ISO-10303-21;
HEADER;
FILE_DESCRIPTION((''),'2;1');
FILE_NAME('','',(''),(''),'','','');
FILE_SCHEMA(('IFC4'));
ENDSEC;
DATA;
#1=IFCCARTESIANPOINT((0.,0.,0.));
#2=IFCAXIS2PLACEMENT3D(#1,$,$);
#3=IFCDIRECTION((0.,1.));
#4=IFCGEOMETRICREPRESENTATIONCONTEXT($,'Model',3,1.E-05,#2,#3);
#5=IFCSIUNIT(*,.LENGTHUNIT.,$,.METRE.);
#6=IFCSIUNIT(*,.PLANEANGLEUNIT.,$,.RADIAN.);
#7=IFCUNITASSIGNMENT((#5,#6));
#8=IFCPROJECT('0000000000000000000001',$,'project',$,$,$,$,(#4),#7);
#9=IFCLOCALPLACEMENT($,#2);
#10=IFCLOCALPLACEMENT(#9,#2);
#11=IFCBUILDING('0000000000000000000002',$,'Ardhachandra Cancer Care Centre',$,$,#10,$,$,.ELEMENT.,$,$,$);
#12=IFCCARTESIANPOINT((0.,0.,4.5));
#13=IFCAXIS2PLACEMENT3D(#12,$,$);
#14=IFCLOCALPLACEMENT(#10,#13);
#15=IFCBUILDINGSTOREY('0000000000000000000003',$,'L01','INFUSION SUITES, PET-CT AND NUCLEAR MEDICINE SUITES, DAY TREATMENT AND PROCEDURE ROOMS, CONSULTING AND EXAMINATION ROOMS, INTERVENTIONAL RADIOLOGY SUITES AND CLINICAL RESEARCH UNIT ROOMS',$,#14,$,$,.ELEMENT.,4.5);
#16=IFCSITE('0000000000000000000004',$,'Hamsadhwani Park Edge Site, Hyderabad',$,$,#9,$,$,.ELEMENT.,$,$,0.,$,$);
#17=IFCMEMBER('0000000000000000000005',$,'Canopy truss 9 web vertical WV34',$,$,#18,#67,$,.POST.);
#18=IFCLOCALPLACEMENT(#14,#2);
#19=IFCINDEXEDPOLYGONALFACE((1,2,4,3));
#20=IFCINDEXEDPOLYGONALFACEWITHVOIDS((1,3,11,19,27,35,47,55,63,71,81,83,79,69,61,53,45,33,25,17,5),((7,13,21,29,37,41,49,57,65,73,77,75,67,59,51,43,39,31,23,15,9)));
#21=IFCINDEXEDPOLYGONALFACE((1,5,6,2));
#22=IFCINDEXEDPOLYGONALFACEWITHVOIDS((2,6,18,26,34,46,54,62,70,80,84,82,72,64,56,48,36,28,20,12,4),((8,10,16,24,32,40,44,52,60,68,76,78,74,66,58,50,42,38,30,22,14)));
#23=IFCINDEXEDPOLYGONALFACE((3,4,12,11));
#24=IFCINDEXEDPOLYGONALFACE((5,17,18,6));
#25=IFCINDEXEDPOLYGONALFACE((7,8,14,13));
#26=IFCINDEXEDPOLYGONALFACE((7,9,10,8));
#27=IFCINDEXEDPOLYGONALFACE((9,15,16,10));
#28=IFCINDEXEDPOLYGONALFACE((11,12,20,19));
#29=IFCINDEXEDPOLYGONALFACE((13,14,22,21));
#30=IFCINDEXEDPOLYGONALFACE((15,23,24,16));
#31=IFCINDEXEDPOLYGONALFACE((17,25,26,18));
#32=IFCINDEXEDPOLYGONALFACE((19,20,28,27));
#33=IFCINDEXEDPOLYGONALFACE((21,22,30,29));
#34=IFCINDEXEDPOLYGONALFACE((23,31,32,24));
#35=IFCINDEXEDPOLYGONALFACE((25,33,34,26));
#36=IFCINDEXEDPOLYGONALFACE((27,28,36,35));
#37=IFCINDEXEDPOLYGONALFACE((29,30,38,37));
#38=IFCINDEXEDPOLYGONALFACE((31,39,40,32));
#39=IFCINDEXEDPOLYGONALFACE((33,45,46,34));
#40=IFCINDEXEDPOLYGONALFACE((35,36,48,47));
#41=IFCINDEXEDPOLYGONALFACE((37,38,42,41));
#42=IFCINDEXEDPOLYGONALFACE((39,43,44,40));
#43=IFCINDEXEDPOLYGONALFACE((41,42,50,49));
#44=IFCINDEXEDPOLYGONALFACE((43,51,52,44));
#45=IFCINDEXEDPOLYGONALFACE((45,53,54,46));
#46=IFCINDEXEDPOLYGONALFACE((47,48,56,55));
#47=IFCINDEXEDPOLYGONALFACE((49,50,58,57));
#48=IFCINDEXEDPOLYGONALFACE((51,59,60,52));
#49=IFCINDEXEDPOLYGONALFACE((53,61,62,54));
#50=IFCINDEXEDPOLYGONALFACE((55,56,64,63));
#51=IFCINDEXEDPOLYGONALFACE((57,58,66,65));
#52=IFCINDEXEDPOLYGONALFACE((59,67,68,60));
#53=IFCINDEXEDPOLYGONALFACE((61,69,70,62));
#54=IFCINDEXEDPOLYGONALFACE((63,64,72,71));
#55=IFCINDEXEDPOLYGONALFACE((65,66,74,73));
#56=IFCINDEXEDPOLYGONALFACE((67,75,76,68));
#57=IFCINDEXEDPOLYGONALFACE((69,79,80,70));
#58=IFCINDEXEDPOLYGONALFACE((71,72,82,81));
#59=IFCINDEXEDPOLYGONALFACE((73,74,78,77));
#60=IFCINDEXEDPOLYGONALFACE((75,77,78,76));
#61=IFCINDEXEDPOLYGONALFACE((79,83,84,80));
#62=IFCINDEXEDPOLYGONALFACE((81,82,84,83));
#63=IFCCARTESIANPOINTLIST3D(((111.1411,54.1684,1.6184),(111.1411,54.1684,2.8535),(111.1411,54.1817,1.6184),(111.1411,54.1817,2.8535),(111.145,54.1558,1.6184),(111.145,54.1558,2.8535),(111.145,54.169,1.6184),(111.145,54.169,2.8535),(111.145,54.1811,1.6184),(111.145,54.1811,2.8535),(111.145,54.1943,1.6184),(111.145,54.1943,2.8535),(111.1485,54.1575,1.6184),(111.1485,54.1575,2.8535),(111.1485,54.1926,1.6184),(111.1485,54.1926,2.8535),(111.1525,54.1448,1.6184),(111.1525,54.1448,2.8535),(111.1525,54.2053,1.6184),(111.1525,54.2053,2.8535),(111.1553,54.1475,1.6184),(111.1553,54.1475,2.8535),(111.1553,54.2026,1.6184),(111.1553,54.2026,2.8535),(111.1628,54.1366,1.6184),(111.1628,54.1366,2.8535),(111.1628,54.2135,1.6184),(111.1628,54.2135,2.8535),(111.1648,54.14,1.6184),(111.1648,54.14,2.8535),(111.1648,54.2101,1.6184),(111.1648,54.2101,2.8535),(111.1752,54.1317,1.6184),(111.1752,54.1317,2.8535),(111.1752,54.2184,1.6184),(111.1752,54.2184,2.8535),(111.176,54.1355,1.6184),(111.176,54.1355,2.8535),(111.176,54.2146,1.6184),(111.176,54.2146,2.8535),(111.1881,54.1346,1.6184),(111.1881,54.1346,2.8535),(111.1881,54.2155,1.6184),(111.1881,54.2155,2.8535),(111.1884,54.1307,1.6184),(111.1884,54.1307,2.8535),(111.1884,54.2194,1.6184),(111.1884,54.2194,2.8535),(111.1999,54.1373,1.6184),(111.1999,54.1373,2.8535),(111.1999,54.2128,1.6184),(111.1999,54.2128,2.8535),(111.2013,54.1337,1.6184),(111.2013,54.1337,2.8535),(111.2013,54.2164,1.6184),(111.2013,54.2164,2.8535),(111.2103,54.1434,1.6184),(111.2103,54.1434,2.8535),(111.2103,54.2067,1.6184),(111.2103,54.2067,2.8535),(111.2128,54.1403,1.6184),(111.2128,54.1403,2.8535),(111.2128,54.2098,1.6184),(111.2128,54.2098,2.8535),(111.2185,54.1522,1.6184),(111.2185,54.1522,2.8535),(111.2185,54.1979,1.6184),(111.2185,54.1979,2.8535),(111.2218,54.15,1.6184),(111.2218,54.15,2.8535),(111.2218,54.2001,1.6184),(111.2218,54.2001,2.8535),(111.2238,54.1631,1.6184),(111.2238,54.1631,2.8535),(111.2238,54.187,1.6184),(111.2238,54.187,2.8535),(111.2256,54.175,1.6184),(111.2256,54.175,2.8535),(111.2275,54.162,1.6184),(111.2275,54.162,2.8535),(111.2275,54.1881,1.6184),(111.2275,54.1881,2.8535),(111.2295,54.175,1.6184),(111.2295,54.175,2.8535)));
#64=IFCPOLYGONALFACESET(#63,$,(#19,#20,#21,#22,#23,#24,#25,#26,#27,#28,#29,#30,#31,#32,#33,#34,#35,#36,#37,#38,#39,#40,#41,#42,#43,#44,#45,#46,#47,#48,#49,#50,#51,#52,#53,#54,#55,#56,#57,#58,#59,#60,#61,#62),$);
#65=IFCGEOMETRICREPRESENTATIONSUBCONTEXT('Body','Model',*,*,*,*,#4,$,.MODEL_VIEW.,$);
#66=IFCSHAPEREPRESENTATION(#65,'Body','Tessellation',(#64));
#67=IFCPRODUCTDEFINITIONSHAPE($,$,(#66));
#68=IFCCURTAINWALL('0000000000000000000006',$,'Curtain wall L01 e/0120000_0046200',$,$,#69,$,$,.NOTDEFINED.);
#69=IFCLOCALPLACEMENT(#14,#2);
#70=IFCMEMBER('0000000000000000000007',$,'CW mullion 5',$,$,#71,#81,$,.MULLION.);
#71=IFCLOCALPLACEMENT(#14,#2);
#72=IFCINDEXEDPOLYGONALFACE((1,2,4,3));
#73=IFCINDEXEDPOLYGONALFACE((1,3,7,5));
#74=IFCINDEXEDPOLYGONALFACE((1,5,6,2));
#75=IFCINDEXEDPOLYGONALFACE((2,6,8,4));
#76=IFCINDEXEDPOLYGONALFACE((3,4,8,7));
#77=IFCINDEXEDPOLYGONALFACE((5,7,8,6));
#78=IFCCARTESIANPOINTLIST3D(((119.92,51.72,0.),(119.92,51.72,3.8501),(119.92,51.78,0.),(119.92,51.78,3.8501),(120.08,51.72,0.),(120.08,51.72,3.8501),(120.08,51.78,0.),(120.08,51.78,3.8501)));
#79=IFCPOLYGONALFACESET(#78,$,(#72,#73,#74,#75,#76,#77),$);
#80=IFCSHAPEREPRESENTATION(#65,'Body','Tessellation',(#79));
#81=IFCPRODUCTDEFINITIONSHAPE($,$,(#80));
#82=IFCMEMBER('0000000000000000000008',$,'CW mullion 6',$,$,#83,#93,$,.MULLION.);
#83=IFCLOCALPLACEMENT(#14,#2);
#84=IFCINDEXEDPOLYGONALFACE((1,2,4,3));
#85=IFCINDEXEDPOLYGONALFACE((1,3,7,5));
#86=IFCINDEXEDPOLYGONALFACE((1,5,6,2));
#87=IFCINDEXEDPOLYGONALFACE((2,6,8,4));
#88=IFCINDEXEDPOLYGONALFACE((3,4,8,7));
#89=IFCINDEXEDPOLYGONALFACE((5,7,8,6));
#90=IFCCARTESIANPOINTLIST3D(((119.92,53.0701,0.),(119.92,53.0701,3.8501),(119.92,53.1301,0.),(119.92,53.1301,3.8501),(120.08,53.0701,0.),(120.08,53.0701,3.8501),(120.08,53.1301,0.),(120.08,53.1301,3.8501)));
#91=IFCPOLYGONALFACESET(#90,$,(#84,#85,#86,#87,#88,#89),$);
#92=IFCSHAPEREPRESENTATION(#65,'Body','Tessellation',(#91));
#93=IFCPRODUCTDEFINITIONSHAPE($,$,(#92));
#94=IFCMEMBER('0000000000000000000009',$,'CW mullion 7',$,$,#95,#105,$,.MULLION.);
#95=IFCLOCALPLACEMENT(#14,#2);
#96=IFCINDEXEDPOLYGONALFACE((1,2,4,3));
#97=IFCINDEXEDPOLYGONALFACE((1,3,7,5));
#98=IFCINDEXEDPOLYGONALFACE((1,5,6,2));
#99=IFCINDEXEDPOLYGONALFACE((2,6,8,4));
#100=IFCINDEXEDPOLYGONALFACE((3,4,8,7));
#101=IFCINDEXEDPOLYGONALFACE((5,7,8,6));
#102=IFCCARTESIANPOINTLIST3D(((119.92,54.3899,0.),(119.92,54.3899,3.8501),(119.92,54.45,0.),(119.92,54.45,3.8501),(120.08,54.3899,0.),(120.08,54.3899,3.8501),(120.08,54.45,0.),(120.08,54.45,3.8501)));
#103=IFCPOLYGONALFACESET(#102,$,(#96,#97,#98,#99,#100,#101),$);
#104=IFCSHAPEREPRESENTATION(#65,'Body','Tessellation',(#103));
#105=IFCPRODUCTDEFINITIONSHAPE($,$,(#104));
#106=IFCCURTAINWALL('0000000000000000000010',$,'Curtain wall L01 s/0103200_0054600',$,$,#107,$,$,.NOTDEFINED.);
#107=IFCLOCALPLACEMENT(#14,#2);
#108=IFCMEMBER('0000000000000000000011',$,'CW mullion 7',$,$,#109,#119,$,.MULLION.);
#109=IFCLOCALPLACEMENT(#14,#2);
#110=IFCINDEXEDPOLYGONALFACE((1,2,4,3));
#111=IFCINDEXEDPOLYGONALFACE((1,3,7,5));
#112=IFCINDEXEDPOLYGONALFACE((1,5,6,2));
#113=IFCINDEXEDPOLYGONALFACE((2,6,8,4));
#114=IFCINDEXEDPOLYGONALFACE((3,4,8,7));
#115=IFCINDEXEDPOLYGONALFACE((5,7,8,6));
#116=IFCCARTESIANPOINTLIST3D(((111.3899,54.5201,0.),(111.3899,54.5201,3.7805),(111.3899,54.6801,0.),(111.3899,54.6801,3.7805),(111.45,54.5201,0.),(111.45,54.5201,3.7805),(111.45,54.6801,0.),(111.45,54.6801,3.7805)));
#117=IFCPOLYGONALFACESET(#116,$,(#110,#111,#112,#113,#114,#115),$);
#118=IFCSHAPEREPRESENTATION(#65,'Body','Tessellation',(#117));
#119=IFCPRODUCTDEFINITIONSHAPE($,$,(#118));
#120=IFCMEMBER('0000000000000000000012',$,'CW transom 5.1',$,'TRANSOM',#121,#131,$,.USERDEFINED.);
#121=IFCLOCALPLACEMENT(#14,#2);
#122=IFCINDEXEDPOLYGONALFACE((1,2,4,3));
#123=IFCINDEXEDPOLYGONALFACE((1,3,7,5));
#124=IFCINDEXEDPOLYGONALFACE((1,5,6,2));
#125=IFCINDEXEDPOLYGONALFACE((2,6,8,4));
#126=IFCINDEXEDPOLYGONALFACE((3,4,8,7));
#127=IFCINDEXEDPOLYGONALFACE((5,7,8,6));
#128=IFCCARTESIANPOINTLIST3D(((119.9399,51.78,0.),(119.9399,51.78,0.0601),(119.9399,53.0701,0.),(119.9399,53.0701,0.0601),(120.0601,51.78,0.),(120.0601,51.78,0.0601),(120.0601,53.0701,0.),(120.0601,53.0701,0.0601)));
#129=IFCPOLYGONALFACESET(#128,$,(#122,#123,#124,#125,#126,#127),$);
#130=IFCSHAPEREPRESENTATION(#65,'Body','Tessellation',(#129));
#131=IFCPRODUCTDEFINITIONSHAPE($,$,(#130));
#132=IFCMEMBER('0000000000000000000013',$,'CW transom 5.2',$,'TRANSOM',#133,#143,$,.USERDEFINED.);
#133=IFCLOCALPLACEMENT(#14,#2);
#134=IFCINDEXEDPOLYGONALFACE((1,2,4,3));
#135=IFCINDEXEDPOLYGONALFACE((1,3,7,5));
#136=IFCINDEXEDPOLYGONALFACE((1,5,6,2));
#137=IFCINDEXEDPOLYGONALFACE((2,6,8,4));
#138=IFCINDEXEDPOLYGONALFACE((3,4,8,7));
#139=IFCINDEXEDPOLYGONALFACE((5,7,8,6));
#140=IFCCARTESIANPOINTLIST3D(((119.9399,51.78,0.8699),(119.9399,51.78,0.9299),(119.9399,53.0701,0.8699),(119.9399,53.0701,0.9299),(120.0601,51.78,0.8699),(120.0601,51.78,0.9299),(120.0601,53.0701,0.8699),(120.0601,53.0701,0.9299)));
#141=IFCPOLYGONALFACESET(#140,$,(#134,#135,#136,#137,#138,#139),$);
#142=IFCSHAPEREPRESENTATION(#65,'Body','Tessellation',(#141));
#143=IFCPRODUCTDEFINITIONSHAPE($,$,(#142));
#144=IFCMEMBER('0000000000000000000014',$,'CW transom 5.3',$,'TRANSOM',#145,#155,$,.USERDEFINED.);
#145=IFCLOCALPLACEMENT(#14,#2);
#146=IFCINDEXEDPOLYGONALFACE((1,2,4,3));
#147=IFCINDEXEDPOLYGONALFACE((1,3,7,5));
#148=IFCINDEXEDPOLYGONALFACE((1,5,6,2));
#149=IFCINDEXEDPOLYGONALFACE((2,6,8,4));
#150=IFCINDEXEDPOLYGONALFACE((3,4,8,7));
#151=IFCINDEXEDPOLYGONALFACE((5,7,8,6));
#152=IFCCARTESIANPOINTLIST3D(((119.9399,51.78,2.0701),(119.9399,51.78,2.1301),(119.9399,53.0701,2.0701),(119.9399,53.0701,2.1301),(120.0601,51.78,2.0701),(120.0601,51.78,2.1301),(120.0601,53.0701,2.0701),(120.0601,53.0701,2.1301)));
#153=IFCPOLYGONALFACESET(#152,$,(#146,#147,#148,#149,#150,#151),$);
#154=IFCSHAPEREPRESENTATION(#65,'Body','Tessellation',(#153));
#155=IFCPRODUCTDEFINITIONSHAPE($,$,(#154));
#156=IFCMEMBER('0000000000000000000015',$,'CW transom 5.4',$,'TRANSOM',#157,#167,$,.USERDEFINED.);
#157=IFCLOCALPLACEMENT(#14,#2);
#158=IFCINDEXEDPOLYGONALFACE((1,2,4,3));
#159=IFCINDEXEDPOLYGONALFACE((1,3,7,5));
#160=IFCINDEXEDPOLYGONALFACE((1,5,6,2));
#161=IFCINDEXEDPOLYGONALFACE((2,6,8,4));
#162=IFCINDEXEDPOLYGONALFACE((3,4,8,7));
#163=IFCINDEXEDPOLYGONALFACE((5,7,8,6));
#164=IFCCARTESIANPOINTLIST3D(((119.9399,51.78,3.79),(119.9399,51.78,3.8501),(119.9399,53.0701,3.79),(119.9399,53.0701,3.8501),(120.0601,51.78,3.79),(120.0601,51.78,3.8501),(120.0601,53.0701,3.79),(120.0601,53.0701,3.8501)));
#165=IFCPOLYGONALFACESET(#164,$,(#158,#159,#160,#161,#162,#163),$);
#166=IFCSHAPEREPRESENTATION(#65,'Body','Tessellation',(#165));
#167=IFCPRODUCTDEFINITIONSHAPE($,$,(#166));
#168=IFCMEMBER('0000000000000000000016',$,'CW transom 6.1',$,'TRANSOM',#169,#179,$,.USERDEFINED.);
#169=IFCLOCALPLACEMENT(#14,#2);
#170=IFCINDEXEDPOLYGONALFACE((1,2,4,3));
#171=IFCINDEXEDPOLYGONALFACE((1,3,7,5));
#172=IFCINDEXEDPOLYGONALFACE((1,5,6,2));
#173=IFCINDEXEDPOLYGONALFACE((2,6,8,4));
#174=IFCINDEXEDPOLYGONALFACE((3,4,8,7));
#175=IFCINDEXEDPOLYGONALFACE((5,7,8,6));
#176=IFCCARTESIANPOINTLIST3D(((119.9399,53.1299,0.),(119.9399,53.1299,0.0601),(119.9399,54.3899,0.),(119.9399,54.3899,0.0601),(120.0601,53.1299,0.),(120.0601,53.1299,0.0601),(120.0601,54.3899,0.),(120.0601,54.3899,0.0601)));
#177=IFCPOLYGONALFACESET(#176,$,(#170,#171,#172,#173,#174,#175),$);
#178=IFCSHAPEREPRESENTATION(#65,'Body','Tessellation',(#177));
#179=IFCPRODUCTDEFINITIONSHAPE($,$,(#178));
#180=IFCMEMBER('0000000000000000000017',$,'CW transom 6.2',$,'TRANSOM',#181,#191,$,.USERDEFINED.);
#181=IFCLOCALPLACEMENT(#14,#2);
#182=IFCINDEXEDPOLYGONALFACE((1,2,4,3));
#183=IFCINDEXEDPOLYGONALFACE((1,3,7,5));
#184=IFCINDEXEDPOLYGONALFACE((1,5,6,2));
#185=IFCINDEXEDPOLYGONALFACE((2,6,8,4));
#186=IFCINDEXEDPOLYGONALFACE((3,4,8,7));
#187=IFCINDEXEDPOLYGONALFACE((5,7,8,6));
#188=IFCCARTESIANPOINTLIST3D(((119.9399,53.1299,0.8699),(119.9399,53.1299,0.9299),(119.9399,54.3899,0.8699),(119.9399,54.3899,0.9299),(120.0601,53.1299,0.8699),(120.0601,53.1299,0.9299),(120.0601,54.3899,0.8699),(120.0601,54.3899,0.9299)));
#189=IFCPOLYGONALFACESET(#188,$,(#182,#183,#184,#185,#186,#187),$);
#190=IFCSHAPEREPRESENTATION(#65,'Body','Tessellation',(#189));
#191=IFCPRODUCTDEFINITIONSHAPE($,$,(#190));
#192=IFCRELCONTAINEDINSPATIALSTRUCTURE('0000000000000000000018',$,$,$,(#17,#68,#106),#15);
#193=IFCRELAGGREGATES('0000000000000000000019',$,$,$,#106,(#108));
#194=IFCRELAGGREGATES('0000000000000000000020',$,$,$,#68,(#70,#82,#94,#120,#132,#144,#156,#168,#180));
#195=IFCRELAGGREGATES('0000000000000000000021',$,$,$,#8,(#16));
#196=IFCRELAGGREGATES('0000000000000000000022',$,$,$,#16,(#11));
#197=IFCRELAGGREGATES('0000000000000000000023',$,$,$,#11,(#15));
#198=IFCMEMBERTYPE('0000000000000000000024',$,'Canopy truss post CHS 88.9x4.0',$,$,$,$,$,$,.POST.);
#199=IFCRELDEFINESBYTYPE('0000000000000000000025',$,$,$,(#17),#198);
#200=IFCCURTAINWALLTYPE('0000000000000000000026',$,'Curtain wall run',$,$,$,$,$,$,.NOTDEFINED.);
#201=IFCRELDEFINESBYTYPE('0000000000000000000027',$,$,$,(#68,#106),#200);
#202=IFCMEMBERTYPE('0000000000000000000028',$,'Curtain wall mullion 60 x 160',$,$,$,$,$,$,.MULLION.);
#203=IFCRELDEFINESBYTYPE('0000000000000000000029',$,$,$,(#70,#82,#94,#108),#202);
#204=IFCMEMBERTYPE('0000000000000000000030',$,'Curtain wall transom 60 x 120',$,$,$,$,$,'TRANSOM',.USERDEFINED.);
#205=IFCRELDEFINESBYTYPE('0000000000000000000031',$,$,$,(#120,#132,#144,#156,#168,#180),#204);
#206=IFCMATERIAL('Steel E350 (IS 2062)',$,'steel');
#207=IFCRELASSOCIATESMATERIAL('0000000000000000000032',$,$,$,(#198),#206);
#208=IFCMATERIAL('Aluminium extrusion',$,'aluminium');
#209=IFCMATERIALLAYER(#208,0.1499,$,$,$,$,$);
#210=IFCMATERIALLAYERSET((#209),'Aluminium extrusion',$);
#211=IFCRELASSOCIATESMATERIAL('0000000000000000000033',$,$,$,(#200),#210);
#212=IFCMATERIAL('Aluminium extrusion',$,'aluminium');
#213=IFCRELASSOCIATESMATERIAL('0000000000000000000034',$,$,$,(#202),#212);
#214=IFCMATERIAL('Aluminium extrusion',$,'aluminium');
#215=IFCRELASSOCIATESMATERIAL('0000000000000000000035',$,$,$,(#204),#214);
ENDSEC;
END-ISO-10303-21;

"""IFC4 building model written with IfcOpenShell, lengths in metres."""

from ifc_helpers import new_model, si_unit, direction, frame, origin, origin_2d, place, context, subcontext, project, spatial, rectangle, hollow_circle, extrude, material, layer, layer_set, material_profile, profile_set, type_object, element, aggregate, save


model = new_model("IFC4")

# Units and contexts
model_context = context("Model", 3, precision=1e-05, world=origin(), true_north=direction((0.0, 1.0)))
body_context = subcontext(model_context, "Body", "Model", "MODEL_VIEW")
ifc_project = project(units=[si_unit("LENGTHUNIT", "METRE"), si_unit("PLANEANGLEUNIT", "RADIAN")], contexts=[model_context])

# Site, building, storey
site_placement = place(None, origin())
site = spatial("IfcSite", under=ifc_project, at=site_placement, Name="Hamsadhwani Park Edge Site, Hyderabad", CompositionType="ELEMENT", RefElevation=0.0)
building_placement = place(site_placement, origin())
building = spatial("IfcBuilding", under=site, at=building_placement, Name="Ardhachandra Cancer Care Centre", CompositionType="ELEMENT")
storey_placement = place(building_placement, frame((0.0, 0.0, 4.5)))
storey = spatial("IfcBuildingStorey", under=building, at=storey_placement, Name="L01", Description="INFUSION SUITES, PET-CT AND NUCLEAR MEDICINE SUITES, DAY TREATMENT AND PROCEDURE ROOMS, CONSULTING AND EXAMINATION ROOMS, INTERVENTIONAL RADIOLOGY SUITES AND CLINICAL RESEARCH UNIT ROOMS", CompositionType="ELEMENT", Elevation=4.5)

# Member
ifc_material_1 = material(Name="Steel E350 (IS 2062)", Category="steel")
ifc_material_profile_1 = material_profile(ifc_material_1, hollow_circle(Radius=0.0444, WallThickness=0.0039, at=origin_2d()), Name="CHS 88.9x4.0")
ifc_profile_set_1 = profile_set([ifc_material_profile_1], Name="Steel E350 (IS 2062)")
member_type_1 = type_object("IfcMemberType", Name="Canopy truss post CHS 88.9x4.0", PredefinedType="POST", material=ifc_profile_set_1)
member_1_placement = place(storey_placement, frame((111.1851, 54.175, 2.8535), z_axis=(0.0, 0.0, -1.0), x_axis=(1.0, 0.0, 0.0)))
element("IfcMember", 1, at=member_1_placement, inside=storey, type_object=member_type_1, Name="Canopy truss 9 web vertical WV34", PredefinedType="POST", context=body_context, shape_type="SweptSolid", body=[
    extrude(hollow_circle(Radius=0.0444, WallThickness=0.0039, at=origin_2d()), origin(), (0.0, 0.0, 1.0), 1.2351),
])

# Curtain wall, members
ifc_material_2 = material(Name="Aluminium extrusion", Category="aluminium")
ifc_layer_1 = layer(ifc_material_2, 0.1499)
ifc_layer_set_1 = layer_set([ifc_layer_1], Name="Aluminium extrusion")
curtain_wall_type = type_object("IfcCurtainWallType", Name="Curtain wall run", PredefinedType="NOTDEFINED", material=ifc_layer_set_1)
curtain_wall_1_placement = place(storey_placement, origin())
curtain_wall_1 = element("IfcCurtainWall", 2, at=curtain_wall_1_placement, inside=storey, type_object=curtain_wall_type, Name="Curtain wall L01 e/0120000_0046200", PredefinedType="NOTDEFINED")
ifc_material_3 = material(Name="Aluminium extrusion", Category="aluminium")
ifc_material_profile_2 = material_profile(ifc_material_3, rectangle(XDim=0.1599, YDim=0.0601, at=origin_2d()), Name="Curtain wall mullion 60 x 160")
ifc_profile_set_2 = profile_set([ifc_material_profile_2], Name="Aluminium extrusion")
member_type_2 = type_object("IfcMemberType", Name="Curtain wall mullion 60 x 160", PredefinedType="MULLION", material=ifc_profile_set_2)
member_2_placement = place(storey_placement, frame((120.0, 51.75, 0.0), z_axis=(0.0, 0.0, 1.0), x_axis=(-1.0, 0.0, 0.0)))
member_2 = element("IfcMember", 3, at=member_2_placement, type_object=member_type_2, Name="CW mullion 5", PredefinedType="MULLION", context=body_context, shape_type="SweptSolid", body=[
    extrude(rectangle(XDim=0.1599, YDim=0.0601, at=origin_2d()), origin(), (0.0, 0.0, 1.0), 3.8501),
])
member_3_placement = place(storey_placement, frame((120.0, 53.1001, 0.0), z_axis=(0.0, 0.0, 1.0), x_axis=(-1.0, 0.0, 0.0)))
member_3 = element("IfcMember", 4, at=member_3_placement, type_object=member_type_2, Name="CW mullion 6", PredefinedType="MULLION", context=body_context, shape_type="SweptSolid", body=[
    extrude(rectangle(XDim=0.1599, YDim=0.0601, at=origin_2d()), origin(), (0.0, 0.0, 1.0), 3.8501),
])
member_4_placement = place(storey_placement, frame((120.0, 54.4199, 0.0), z_axis=(0.0, 0.0, 1.0), x_axis=(-1.0, 0.0, 0.0)))
member_4 = element("IfcMember", 5, at=member_4_placement, type_object=member_type_2, Name="CW mullion 7", PredefinedType="MULLION", context=body_context, shape_type="SweptSolid", body=[
    extrude(rectangle(XDim=0.1599, YDim=0.0601, at=origin_2d()), origin(), (0.0, 0.0, 1.0), 3.8501),
])

# Curtain wall, member
curtain_wall_2_placement = place(storey_placement, origin())
curtain_wall_2 = element("IfcCurtainWall", 6, at=curtain_wall_2_placement, inside=storey, type_object=curtain_wall_type, Name="Curtain wall L01 s/0103200_0054600", PredefinedType="NOTDEFINED")
member_5_placement = place(storey_placement, frame((111.4199, 54.6001, 0.0), z_axis=(0.0, 0.0, 1.0), x_axis=(0.0, 1.0, 0.0)))
member_5 = element("IfcMember", 7, at=member_5_placement, type_object=member_type_2, Name="CW mullion 7", PredefinedType="MULLION", context=body_context, shape_type="SweptSolid", body=[
    extrude(rectangle(XDim=0.1599, YDim=0.0601, at=origin_2d()), origin(), (0.0, 0.0, 1.0), 3.7805),
])

# Members
ifc_material_4 = material(Name="Aluminium extrusion", Category="aluminium")
ifc_material_profile_3 = material_profile(ifc_material_4, rectangle(XDim=0.1201, YDim=0.0601, at=origin_2d()), Name="Curtain wall transom 60 x 120")
ifc_profile_set_3 = profile_set([ifc_material_profile_3], Name="Aluminium extrusion")
member_type_3 = type_object("IfcMemberType", Name="Curtain wall transom 60 x 120", ElementType="TRANSOM", PredefinedType="USERDEFINED", material=ifc_profile_set_3)
member_6_placement = place(storey_placement, frame((120.0, 51.78, 0.03), z_axis=(0.0, 1.0, 0.0), x_axis=(-1.0, 0.0, 0.0)))
member_6 = element("IfcMember", 8, at=member_6_placement, type_object=member_type_3, Name="CW transom 5.1", ObjectType="TRANSOM", PredefinedType="USERDEFINED", context=body_context, shape_type="SweptSolid", body=[
    extrude(rectangle(XDim=0.1201, YDim=0.0601, at=origin_2d()), origin(), (0.0, 0.0, 1.0), 1.29),
])
member_7_placement = place(storey_placement, frame((120.0, 51.78, 0.8999), z_axis=(0.0, 1.0, 0.0), x_axis=(-1.0, 0.0, 0.0)))
member_7 = element("IfcMember", 9, at=member_7_placement, type_object=member_type_3, Name="CW transom 5.2", ObjectType="TRANSOM", PredefinedType="USERDEFINED", context=body_context, shape_type="SweptSolid", body=[
    extrude(rectangle(XDim=0.1201, YDim=0.0601, at=origin_2d()), origin(), (0.0, 0.0, 1.0), 1.29),
])
member_8_placement = place(storey_placement, frame((120.0, 51.78, 2.1001), z_axis=(0.0, 1.0, 0.0), x_axis=(-1.0, 0.0, 0.0)))
member_8 = element("IfcMember", 10, at=member_8_placement, type_object=member_type_3, Name="CW transom 5.3", ObjectType="TRANSOM", PredefinedType="USERDEFINED", context=body_context, shape_type="SweptSolid", body=[
    extrude(rectangle(XDim=0.1201, YDim=0.0601, at=origin_2d()), origin(), (0.0, 0.0, 1.0), 1.29),
])
member_9_placement = place(storey_placement, frame((120.0, 51.78, 3.8201), z_axis=(0.0, 1.0, 0.0), x_axis=(-1.0, 0.0, 0.0)))
member_9 = element("IfcMember", 11, at=member_9_placement, type_object=member_type_3, Name="CW transom 5.4", ObjectType="TRANSOM", PredefinedType="USERDEFINED", context=body_context, shape_type="SweptSolid", body=[
    extrude(rectangle(XDim=0.1201, YDim=0.0601, at=origin_2d()), origin(), (0.0, 0.0, 1.0), 1.29),
])
member_10_placement = place(storey_placement, frame((120.0, 53.1299, 0.03), z_axis=(0.0, 1.0, 0.0), x_axis=(-1.0, 0.0, 0.0)))
member_10 = element("IfcMember", 12, at=member_10_placement, type_object=member_type_3, Name="CW transom 6.1", ObjectType="TRANSOM", PredefinedType="USERDEFINED", context=body_context, shape_type="SweptSolid", body=[
    extrude(rectangle(XDim=0.1201, YDim=0.0601, at=origin_2d()), origin(), (0.0, 0.0, 1.0), 1.26),
])
member_11_placement = place(storey_placement, frame((120.0, 53.1299, 0.8999), z_axis=(0.0, 1.0, 0.0), x_axis=(-1.0, 0.0, 0.0)))
member_11 = element("IfcMember", 13, at=member_11_placement, type_object=member_type_3, Name="CW transom 6.2", ObjectType="TRANSOM", PredefinedType="USERDEFINED", context=body_context, shape_type="SweptSolid", body=[
    extrude(rectangle(XDim=0.1201, YDim=0.0601, at=origin_2d()), origin(), (0.0, 0.0, 1.0), 1.26),
])

aggregate(curtain_wall_2, [member_5])
aggregate(curtain_wall_1, [member_2, member_3, member_4, member_6, member_7, member_8, member_9, member_10, member_11])

save(model, "model.ifc")
